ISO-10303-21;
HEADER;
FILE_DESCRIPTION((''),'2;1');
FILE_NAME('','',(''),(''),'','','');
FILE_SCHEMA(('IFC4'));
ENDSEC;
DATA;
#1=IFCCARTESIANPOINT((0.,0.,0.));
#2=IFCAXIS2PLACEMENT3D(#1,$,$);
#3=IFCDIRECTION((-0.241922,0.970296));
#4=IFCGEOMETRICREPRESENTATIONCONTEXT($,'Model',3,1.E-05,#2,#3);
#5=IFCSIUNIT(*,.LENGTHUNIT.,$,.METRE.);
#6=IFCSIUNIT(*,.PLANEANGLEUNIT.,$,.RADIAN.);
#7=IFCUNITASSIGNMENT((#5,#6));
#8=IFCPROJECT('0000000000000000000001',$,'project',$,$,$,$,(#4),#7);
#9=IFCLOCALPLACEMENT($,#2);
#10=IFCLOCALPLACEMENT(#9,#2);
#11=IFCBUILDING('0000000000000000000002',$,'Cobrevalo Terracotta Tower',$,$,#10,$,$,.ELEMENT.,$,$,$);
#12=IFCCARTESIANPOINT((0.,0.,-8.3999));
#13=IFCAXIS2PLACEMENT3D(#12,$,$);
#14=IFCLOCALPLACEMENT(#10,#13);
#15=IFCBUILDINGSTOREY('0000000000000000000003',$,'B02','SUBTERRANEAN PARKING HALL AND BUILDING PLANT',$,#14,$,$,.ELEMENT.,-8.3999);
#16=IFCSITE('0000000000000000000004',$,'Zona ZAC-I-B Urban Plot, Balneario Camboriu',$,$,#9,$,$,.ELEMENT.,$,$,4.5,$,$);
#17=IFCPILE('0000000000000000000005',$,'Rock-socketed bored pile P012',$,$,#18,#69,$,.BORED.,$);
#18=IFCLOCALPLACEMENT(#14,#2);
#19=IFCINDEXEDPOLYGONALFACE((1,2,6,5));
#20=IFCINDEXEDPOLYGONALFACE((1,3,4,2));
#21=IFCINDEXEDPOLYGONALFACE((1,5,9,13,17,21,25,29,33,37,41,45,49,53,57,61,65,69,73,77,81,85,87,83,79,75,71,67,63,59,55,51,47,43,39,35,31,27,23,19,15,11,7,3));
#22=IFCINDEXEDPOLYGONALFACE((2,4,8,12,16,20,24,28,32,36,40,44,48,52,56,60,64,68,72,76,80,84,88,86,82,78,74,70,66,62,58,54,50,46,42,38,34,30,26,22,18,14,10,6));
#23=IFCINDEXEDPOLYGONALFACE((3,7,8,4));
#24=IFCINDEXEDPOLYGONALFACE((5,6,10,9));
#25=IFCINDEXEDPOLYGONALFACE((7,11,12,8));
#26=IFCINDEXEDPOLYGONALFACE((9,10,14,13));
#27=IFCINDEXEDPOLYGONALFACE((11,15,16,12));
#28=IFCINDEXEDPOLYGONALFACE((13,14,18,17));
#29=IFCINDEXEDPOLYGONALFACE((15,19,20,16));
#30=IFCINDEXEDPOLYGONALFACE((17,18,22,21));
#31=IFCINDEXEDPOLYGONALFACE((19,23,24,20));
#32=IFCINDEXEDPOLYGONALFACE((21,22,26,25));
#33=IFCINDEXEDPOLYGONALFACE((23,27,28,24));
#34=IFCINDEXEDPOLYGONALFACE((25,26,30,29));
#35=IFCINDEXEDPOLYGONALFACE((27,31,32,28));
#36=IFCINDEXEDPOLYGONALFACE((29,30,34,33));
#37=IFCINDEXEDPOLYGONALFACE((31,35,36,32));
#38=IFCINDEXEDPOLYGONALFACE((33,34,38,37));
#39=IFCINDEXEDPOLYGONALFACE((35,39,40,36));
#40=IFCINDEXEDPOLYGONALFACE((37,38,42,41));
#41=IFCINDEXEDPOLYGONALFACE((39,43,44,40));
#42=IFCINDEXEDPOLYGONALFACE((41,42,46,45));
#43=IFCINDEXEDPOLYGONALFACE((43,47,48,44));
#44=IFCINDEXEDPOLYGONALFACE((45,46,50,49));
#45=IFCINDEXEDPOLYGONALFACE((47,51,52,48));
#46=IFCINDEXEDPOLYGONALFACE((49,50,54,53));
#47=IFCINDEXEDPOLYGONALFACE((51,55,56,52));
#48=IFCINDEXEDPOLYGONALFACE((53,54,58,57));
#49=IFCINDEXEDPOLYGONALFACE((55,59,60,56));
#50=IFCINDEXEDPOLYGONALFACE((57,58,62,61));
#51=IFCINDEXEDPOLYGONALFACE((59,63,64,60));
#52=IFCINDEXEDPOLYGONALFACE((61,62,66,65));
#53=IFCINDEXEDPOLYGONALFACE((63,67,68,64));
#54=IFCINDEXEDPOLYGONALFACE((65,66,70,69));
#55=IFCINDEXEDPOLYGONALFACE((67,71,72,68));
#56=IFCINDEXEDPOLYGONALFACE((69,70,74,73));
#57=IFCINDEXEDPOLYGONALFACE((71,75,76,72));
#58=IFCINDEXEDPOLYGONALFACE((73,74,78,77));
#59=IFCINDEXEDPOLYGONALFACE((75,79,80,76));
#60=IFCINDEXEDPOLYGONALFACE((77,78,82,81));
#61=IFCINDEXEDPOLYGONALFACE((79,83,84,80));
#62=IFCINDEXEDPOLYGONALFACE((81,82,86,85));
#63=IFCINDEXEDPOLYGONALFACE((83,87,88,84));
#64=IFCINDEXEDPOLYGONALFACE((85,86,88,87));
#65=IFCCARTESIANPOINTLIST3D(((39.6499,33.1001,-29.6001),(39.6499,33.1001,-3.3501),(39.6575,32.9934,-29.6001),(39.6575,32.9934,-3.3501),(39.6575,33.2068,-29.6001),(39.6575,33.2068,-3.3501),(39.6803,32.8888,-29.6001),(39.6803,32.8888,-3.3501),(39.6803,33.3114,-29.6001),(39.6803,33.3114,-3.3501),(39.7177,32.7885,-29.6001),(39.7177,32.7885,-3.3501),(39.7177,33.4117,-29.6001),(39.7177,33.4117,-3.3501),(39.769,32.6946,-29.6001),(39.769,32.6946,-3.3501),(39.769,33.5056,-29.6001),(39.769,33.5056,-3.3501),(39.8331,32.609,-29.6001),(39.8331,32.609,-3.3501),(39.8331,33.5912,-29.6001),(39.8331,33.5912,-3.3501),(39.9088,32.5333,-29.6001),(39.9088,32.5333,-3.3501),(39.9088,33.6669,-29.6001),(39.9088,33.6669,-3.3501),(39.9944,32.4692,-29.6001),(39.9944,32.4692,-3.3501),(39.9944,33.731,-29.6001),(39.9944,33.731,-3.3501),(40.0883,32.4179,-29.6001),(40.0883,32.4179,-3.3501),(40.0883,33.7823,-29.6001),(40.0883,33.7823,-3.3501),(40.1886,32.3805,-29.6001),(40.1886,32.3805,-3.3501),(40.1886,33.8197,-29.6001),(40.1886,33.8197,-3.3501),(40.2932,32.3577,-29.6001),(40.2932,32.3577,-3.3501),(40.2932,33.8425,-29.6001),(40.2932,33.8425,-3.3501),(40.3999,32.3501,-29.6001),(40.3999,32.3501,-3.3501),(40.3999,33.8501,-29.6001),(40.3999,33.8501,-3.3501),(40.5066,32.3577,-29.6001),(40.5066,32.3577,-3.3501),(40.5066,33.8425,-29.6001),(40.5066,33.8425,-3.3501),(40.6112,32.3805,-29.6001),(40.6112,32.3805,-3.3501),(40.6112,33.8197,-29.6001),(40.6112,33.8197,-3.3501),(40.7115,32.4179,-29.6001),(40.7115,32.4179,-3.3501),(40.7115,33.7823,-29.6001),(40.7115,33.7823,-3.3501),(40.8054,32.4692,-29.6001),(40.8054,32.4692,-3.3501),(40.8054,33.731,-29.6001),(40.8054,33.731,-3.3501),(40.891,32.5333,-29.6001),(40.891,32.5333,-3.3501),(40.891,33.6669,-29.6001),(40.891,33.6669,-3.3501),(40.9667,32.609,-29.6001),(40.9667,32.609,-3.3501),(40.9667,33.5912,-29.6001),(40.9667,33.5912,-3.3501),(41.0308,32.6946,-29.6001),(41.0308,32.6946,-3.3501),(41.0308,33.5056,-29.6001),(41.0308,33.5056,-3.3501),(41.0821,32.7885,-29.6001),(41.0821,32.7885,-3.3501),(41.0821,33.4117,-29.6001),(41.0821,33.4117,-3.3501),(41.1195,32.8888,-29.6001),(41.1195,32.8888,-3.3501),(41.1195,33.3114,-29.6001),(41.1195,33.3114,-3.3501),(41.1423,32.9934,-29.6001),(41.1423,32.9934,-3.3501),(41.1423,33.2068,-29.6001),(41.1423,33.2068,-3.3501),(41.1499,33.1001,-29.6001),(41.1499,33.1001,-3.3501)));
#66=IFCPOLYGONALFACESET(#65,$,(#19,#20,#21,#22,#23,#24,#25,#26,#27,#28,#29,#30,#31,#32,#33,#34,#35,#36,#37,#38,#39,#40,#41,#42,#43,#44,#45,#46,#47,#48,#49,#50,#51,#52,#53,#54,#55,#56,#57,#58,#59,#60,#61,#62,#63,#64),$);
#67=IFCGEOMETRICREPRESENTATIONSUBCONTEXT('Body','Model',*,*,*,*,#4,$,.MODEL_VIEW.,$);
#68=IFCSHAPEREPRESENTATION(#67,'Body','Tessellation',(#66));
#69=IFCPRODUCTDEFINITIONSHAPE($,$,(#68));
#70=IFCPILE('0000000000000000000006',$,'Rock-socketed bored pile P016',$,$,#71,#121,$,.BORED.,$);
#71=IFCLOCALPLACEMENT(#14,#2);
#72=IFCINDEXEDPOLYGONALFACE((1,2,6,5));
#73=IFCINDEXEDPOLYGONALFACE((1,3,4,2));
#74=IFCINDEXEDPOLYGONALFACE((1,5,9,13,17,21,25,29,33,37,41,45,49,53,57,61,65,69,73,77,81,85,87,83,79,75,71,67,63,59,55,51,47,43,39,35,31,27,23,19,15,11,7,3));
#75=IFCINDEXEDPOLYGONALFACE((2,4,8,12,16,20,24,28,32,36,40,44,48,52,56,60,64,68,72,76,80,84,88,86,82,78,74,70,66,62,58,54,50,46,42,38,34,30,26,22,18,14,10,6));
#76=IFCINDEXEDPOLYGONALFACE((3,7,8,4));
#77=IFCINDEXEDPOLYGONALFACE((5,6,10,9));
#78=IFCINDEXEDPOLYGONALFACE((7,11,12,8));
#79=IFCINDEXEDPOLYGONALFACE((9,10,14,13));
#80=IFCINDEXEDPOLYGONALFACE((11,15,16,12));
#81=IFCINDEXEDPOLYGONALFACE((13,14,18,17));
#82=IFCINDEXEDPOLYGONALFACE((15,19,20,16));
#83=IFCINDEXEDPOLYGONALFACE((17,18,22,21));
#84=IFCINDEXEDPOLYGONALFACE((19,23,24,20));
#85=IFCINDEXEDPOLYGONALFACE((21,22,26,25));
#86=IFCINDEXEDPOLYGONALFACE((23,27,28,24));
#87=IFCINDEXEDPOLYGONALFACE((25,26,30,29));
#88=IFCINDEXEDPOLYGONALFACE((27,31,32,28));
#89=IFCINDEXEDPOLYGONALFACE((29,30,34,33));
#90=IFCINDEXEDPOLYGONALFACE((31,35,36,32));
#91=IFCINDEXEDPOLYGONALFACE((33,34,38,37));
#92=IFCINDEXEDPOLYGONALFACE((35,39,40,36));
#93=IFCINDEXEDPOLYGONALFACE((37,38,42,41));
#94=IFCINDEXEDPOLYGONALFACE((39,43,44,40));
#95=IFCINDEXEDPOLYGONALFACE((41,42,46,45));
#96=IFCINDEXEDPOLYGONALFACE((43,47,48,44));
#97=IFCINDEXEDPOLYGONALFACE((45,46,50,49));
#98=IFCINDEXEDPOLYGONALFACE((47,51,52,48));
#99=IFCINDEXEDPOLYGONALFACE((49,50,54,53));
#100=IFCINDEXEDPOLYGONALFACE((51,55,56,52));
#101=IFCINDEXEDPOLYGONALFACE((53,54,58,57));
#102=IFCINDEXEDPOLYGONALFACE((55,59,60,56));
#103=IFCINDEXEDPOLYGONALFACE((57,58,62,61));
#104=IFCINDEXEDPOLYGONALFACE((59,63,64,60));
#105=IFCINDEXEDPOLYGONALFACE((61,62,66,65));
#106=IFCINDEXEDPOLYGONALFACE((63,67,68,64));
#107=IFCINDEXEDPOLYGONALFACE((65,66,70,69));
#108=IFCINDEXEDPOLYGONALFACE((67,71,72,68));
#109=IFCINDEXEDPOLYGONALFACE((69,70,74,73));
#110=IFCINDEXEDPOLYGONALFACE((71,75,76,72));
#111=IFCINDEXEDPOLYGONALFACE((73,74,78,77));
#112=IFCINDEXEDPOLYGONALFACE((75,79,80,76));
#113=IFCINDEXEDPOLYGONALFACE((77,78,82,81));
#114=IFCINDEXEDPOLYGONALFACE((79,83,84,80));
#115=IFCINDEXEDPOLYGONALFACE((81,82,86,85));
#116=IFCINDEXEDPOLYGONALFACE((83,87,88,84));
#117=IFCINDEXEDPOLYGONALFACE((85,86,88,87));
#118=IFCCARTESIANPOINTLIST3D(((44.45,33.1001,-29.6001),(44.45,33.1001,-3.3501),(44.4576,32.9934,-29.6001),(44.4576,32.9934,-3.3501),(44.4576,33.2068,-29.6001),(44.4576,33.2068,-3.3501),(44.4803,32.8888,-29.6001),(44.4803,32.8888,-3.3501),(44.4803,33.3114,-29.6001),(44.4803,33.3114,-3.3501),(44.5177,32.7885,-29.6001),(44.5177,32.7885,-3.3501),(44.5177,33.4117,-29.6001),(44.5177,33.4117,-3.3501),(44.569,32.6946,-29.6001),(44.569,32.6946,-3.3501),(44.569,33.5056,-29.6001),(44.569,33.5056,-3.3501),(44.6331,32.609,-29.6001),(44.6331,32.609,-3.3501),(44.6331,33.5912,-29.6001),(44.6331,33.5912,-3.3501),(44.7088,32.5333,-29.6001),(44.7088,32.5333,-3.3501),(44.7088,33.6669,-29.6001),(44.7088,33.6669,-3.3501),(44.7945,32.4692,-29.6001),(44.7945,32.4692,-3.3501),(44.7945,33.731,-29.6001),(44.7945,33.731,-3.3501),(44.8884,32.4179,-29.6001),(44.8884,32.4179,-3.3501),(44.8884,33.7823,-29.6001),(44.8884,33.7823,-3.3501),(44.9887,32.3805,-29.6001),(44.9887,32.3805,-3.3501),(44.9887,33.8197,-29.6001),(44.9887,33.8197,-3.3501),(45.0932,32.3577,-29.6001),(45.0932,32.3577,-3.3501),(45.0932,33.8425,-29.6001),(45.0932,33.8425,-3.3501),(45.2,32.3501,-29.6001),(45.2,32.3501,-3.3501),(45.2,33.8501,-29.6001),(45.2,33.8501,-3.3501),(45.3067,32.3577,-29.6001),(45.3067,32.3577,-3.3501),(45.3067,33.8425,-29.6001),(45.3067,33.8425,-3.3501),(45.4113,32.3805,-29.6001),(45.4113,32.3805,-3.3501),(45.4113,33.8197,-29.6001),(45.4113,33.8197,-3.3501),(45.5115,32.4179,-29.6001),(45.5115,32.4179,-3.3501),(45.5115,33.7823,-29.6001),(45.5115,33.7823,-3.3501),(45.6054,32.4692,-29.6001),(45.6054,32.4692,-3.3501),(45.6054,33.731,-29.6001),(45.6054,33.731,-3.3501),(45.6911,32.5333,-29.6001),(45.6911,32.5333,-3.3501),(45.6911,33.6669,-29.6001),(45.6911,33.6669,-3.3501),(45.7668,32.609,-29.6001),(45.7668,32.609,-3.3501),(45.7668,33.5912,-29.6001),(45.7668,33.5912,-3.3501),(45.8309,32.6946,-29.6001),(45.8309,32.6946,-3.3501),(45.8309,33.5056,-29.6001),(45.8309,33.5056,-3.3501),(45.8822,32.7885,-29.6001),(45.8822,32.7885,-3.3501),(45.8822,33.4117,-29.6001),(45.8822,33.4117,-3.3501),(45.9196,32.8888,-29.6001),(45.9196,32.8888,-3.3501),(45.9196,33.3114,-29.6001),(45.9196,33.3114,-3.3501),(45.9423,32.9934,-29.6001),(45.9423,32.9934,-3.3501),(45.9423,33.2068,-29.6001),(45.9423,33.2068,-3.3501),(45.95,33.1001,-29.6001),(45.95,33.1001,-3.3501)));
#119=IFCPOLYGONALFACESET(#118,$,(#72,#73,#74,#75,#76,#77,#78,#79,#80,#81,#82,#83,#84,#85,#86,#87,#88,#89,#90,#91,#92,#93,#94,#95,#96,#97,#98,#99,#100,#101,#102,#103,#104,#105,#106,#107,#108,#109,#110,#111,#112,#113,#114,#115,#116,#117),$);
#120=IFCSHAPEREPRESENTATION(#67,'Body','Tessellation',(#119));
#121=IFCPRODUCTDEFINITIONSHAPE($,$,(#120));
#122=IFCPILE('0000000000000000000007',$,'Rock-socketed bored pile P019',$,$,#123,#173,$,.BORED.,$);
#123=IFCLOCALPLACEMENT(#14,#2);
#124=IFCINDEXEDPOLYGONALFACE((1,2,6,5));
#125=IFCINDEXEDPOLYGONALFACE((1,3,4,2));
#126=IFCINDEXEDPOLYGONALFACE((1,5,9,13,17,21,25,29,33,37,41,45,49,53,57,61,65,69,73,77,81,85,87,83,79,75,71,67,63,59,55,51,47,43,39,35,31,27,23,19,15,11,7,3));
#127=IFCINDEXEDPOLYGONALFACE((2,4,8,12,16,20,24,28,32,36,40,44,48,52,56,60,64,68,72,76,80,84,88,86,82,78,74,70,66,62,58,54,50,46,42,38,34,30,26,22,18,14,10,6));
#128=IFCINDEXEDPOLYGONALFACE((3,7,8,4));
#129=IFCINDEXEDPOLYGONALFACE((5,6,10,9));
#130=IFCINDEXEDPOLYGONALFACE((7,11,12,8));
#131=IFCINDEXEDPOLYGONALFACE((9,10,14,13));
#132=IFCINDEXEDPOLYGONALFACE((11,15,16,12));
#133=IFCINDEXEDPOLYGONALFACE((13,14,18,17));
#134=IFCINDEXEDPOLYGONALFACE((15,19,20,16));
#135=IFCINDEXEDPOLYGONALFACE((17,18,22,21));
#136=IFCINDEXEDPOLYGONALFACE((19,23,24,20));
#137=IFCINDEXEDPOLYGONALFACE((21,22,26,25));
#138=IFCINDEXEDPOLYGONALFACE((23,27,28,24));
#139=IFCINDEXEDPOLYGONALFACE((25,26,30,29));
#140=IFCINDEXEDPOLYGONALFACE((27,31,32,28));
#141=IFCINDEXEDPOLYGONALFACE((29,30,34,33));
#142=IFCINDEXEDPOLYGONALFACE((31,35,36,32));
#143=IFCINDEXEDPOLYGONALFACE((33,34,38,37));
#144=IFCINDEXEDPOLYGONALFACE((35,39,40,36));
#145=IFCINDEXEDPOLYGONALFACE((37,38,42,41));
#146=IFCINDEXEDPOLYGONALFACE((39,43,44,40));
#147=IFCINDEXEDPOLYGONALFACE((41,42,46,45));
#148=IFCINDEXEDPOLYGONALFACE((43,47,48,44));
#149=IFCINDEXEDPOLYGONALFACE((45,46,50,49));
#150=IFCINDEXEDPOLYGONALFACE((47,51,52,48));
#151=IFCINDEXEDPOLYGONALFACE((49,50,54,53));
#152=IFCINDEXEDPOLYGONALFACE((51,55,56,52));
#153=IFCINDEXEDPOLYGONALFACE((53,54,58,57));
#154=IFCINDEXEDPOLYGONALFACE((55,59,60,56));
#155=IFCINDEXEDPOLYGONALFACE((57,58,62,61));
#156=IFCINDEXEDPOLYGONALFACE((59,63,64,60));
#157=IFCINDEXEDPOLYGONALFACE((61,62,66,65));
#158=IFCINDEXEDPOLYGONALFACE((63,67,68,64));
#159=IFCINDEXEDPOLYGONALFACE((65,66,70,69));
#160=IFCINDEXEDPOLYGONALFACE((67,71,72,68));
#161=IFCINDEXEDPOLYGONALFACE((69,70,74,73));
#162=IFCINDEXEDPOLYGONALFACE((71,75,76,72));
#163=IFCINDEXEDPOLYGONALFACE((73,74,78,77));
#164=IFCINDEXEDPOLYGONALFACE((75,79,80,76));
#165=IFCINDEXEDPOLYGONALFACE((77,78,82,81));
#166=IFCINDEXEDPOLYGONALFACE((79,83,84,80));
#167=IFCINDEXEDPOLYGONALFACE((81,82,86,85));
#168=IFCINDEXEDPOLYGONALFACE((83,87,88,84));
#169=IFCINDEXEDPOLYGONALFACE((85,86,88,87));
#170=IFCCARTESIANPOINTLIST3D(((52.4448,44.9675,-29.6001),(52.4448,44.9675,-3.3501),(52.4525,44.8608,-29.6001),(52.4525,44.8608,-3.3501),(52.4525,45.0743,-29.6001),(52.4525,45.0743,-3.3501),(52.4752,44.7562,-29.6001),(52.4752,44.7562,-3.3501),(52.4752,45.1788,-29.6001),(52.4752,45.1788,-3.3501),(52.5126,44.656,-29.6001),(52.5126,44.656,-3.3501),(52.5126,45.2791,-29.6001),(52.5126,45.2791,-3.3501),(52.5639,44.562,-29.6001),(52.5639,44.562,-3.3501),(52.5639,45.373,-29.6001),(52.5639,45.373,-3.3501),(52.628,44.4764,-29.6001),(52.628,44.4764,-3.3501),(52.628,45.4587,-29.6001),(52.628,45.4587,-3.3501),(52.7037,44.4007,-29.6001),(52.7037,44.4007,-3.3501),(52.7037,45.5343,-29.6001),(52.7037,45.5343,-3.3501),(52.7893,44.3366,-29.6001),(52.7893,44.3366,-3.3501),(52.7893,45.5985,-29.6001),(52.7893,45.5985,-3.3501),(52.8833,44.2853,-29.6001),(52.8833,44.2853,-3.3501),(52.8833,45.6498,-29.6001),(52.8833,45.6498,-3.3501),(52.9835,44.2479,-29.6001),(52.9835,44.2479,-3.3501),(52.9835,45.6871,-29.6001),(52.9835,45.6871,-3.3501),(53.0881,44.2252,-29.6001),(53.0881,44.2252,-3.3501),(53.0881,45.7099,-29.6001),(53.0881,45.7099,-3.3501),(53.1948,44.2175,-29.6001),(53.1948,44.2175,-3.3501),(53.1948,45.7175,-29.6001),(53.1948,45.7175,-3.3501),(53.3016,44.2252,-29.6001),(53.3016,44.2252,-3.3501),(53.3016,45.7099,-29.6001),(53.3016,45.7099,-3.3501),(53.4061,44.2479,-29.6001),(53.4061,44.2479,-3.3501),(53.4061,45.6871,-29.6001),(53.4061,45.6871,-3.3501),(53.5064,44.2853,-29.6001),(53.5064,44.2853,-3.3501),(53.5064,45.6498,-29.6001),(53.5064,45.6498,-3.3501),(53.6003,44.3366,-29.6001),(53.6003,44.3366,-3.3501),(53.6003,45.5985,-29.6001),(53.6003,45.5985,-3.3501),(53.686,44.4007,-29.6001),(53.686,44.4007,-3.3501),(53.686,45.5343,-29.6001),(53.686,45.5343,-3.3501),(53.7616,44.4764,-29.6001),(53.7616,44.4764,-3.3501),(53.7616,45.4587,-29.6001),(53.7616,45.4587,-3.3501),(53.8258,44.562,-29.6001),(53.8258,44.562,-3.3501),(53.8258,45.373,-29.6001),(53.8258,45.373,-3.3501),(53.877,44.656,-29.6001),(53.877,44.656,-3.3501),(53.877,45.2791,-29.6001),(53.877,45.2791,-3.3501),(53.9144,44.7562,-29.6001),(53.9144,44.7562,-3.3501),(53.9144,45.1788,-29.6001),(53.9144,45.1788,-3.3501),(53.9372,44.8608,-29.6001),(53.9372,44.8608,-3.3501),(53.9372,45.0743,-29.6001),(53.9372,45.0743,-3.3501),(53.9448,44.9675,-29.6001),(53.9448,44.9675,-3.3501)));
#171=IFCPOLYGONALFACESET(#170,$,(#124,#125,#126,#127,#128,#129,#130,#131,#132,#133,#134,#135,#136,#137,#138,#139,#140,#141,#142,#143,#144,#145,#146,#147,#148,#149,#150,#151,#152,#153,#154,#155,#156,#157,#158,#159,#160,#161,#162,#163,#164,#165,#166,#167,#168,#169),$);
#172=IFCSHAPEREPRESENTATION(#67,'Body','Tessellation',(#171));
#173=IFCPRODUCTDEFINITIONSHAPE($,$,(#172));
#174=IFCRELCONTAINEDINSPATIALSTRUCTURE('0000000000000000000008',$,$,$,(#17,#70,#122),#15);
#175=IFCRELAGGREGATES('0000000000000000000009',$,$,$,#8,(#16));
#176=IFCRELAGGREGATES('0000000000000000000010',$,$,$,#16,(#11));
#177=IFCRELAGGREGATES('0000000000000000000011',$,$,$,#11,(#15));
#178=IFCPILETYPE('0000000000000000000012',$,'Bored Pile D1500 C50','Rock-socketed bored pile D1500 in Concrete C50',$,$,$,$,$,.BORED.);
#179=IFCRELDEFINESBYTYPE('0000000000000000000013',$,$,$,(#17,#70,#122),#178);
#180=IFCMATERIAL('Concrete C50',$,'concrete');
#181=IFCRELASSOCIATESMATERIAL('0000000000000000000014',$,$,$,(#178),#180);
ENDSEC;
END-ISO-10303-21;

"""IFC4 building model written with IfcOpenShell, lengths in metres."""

from ifc_helpers import new_model, si_unit, direction, frame, origin, origin_2d, place, context, subcontext, project, spatial, circle, extrude, material, material_profile, profile_set, type_object, element, save


model = new_model("IFC4")

# Units and contexts
model_context = context("Model", 3, precision=1e-05, world=origin(), true_north=direction((-0.241922, 0.970296)))
body_context = subcontext(model_context, "Body", "Model", "MODEL_VIEW")
ifc_project = project(units=[si_unit("LENGTHUNIT", "METRE"), si_unit("PLANEANGLEUNIT", "RADIAN")], contexts=[model_context])

# Site, building, storey
site_placement = place(None, origin())
site = spatial("IfcSite", under=ifc_project, at=site_placement, Name="Zona ZAC-I-B Urban Plot, Balneario Camboriu", CompositionType="ELEMENT", RefElevation=4.5)
building_placement = place(site_placement, origin())
building = spatial("IfcBuilding", under=site, at=building_placement, Name="Cobrevalo Terracotta Tower", CompositionType="ELEMENT")
storey_placement = place(building_placement, frame((0.0, 0.0, -8.3999)))
storey = spatial("IfcBuildingStorey", under=building, at=storey_placement, Name="B02", Description="SUBTERRANEAN PARKING HALL AND BUILDING PLANT", CompositionType="ELEMENT", Elevation=-8.3999)

# Piles
ifc_material_1 = material(Name="Concrete C50", Category="concrete")
ifc_material_profile_1 = material_profile(ifc_material_1, circle(Radius=0.75, at=origin_2d()), Name="PILE D1500")
ifc_profile_set_1 = profile_set([ifc_material_profile_1], Name="Concrete C50")
pile_type_1 = type_object("IfcPileType", Name="Bored Pile D1500 C50", Description="Rock-socketed bored pile D1500 in Concrete C50", PredefinedType="BORED", material=ifc_profile_set_1)
for number, where, z_axis, x_axis, name in (
    (1, (40.3999, 33.1001, -3.3501), (0.0, 0.0, -1.0), (1.0, 0.0, 0.0), "Rock-socketed bored pile P012"),
    (2, (45.2, 33.1001, -3.3501), (0.0, 0.0, -1.0), (1.0, 0.0, 0.0), "Rock-socketed bored pile P016"),
    (3, (53.1948, 44.9675, -3.3501), (0.0, 0.0, -1.0), (1.0, 0.0, 0.0), "Rock-socketed bored pile P019"),
):
    element("IfcPile", number, at=place(storey_placement, frame(where, z_axis=z_axis, x_axis=x_axis)), inside=storey, type_object=pile_type_1, Name=name, PredefinedType="BORED", context=body_context, shape_type="SweptSolid", body=[
        extrude(circle(Radius=0.75, at=origin_2d()), origin(), (0.0, 0.0, 1.0), 26.25),
    ])

save(model, "model.ifc")
